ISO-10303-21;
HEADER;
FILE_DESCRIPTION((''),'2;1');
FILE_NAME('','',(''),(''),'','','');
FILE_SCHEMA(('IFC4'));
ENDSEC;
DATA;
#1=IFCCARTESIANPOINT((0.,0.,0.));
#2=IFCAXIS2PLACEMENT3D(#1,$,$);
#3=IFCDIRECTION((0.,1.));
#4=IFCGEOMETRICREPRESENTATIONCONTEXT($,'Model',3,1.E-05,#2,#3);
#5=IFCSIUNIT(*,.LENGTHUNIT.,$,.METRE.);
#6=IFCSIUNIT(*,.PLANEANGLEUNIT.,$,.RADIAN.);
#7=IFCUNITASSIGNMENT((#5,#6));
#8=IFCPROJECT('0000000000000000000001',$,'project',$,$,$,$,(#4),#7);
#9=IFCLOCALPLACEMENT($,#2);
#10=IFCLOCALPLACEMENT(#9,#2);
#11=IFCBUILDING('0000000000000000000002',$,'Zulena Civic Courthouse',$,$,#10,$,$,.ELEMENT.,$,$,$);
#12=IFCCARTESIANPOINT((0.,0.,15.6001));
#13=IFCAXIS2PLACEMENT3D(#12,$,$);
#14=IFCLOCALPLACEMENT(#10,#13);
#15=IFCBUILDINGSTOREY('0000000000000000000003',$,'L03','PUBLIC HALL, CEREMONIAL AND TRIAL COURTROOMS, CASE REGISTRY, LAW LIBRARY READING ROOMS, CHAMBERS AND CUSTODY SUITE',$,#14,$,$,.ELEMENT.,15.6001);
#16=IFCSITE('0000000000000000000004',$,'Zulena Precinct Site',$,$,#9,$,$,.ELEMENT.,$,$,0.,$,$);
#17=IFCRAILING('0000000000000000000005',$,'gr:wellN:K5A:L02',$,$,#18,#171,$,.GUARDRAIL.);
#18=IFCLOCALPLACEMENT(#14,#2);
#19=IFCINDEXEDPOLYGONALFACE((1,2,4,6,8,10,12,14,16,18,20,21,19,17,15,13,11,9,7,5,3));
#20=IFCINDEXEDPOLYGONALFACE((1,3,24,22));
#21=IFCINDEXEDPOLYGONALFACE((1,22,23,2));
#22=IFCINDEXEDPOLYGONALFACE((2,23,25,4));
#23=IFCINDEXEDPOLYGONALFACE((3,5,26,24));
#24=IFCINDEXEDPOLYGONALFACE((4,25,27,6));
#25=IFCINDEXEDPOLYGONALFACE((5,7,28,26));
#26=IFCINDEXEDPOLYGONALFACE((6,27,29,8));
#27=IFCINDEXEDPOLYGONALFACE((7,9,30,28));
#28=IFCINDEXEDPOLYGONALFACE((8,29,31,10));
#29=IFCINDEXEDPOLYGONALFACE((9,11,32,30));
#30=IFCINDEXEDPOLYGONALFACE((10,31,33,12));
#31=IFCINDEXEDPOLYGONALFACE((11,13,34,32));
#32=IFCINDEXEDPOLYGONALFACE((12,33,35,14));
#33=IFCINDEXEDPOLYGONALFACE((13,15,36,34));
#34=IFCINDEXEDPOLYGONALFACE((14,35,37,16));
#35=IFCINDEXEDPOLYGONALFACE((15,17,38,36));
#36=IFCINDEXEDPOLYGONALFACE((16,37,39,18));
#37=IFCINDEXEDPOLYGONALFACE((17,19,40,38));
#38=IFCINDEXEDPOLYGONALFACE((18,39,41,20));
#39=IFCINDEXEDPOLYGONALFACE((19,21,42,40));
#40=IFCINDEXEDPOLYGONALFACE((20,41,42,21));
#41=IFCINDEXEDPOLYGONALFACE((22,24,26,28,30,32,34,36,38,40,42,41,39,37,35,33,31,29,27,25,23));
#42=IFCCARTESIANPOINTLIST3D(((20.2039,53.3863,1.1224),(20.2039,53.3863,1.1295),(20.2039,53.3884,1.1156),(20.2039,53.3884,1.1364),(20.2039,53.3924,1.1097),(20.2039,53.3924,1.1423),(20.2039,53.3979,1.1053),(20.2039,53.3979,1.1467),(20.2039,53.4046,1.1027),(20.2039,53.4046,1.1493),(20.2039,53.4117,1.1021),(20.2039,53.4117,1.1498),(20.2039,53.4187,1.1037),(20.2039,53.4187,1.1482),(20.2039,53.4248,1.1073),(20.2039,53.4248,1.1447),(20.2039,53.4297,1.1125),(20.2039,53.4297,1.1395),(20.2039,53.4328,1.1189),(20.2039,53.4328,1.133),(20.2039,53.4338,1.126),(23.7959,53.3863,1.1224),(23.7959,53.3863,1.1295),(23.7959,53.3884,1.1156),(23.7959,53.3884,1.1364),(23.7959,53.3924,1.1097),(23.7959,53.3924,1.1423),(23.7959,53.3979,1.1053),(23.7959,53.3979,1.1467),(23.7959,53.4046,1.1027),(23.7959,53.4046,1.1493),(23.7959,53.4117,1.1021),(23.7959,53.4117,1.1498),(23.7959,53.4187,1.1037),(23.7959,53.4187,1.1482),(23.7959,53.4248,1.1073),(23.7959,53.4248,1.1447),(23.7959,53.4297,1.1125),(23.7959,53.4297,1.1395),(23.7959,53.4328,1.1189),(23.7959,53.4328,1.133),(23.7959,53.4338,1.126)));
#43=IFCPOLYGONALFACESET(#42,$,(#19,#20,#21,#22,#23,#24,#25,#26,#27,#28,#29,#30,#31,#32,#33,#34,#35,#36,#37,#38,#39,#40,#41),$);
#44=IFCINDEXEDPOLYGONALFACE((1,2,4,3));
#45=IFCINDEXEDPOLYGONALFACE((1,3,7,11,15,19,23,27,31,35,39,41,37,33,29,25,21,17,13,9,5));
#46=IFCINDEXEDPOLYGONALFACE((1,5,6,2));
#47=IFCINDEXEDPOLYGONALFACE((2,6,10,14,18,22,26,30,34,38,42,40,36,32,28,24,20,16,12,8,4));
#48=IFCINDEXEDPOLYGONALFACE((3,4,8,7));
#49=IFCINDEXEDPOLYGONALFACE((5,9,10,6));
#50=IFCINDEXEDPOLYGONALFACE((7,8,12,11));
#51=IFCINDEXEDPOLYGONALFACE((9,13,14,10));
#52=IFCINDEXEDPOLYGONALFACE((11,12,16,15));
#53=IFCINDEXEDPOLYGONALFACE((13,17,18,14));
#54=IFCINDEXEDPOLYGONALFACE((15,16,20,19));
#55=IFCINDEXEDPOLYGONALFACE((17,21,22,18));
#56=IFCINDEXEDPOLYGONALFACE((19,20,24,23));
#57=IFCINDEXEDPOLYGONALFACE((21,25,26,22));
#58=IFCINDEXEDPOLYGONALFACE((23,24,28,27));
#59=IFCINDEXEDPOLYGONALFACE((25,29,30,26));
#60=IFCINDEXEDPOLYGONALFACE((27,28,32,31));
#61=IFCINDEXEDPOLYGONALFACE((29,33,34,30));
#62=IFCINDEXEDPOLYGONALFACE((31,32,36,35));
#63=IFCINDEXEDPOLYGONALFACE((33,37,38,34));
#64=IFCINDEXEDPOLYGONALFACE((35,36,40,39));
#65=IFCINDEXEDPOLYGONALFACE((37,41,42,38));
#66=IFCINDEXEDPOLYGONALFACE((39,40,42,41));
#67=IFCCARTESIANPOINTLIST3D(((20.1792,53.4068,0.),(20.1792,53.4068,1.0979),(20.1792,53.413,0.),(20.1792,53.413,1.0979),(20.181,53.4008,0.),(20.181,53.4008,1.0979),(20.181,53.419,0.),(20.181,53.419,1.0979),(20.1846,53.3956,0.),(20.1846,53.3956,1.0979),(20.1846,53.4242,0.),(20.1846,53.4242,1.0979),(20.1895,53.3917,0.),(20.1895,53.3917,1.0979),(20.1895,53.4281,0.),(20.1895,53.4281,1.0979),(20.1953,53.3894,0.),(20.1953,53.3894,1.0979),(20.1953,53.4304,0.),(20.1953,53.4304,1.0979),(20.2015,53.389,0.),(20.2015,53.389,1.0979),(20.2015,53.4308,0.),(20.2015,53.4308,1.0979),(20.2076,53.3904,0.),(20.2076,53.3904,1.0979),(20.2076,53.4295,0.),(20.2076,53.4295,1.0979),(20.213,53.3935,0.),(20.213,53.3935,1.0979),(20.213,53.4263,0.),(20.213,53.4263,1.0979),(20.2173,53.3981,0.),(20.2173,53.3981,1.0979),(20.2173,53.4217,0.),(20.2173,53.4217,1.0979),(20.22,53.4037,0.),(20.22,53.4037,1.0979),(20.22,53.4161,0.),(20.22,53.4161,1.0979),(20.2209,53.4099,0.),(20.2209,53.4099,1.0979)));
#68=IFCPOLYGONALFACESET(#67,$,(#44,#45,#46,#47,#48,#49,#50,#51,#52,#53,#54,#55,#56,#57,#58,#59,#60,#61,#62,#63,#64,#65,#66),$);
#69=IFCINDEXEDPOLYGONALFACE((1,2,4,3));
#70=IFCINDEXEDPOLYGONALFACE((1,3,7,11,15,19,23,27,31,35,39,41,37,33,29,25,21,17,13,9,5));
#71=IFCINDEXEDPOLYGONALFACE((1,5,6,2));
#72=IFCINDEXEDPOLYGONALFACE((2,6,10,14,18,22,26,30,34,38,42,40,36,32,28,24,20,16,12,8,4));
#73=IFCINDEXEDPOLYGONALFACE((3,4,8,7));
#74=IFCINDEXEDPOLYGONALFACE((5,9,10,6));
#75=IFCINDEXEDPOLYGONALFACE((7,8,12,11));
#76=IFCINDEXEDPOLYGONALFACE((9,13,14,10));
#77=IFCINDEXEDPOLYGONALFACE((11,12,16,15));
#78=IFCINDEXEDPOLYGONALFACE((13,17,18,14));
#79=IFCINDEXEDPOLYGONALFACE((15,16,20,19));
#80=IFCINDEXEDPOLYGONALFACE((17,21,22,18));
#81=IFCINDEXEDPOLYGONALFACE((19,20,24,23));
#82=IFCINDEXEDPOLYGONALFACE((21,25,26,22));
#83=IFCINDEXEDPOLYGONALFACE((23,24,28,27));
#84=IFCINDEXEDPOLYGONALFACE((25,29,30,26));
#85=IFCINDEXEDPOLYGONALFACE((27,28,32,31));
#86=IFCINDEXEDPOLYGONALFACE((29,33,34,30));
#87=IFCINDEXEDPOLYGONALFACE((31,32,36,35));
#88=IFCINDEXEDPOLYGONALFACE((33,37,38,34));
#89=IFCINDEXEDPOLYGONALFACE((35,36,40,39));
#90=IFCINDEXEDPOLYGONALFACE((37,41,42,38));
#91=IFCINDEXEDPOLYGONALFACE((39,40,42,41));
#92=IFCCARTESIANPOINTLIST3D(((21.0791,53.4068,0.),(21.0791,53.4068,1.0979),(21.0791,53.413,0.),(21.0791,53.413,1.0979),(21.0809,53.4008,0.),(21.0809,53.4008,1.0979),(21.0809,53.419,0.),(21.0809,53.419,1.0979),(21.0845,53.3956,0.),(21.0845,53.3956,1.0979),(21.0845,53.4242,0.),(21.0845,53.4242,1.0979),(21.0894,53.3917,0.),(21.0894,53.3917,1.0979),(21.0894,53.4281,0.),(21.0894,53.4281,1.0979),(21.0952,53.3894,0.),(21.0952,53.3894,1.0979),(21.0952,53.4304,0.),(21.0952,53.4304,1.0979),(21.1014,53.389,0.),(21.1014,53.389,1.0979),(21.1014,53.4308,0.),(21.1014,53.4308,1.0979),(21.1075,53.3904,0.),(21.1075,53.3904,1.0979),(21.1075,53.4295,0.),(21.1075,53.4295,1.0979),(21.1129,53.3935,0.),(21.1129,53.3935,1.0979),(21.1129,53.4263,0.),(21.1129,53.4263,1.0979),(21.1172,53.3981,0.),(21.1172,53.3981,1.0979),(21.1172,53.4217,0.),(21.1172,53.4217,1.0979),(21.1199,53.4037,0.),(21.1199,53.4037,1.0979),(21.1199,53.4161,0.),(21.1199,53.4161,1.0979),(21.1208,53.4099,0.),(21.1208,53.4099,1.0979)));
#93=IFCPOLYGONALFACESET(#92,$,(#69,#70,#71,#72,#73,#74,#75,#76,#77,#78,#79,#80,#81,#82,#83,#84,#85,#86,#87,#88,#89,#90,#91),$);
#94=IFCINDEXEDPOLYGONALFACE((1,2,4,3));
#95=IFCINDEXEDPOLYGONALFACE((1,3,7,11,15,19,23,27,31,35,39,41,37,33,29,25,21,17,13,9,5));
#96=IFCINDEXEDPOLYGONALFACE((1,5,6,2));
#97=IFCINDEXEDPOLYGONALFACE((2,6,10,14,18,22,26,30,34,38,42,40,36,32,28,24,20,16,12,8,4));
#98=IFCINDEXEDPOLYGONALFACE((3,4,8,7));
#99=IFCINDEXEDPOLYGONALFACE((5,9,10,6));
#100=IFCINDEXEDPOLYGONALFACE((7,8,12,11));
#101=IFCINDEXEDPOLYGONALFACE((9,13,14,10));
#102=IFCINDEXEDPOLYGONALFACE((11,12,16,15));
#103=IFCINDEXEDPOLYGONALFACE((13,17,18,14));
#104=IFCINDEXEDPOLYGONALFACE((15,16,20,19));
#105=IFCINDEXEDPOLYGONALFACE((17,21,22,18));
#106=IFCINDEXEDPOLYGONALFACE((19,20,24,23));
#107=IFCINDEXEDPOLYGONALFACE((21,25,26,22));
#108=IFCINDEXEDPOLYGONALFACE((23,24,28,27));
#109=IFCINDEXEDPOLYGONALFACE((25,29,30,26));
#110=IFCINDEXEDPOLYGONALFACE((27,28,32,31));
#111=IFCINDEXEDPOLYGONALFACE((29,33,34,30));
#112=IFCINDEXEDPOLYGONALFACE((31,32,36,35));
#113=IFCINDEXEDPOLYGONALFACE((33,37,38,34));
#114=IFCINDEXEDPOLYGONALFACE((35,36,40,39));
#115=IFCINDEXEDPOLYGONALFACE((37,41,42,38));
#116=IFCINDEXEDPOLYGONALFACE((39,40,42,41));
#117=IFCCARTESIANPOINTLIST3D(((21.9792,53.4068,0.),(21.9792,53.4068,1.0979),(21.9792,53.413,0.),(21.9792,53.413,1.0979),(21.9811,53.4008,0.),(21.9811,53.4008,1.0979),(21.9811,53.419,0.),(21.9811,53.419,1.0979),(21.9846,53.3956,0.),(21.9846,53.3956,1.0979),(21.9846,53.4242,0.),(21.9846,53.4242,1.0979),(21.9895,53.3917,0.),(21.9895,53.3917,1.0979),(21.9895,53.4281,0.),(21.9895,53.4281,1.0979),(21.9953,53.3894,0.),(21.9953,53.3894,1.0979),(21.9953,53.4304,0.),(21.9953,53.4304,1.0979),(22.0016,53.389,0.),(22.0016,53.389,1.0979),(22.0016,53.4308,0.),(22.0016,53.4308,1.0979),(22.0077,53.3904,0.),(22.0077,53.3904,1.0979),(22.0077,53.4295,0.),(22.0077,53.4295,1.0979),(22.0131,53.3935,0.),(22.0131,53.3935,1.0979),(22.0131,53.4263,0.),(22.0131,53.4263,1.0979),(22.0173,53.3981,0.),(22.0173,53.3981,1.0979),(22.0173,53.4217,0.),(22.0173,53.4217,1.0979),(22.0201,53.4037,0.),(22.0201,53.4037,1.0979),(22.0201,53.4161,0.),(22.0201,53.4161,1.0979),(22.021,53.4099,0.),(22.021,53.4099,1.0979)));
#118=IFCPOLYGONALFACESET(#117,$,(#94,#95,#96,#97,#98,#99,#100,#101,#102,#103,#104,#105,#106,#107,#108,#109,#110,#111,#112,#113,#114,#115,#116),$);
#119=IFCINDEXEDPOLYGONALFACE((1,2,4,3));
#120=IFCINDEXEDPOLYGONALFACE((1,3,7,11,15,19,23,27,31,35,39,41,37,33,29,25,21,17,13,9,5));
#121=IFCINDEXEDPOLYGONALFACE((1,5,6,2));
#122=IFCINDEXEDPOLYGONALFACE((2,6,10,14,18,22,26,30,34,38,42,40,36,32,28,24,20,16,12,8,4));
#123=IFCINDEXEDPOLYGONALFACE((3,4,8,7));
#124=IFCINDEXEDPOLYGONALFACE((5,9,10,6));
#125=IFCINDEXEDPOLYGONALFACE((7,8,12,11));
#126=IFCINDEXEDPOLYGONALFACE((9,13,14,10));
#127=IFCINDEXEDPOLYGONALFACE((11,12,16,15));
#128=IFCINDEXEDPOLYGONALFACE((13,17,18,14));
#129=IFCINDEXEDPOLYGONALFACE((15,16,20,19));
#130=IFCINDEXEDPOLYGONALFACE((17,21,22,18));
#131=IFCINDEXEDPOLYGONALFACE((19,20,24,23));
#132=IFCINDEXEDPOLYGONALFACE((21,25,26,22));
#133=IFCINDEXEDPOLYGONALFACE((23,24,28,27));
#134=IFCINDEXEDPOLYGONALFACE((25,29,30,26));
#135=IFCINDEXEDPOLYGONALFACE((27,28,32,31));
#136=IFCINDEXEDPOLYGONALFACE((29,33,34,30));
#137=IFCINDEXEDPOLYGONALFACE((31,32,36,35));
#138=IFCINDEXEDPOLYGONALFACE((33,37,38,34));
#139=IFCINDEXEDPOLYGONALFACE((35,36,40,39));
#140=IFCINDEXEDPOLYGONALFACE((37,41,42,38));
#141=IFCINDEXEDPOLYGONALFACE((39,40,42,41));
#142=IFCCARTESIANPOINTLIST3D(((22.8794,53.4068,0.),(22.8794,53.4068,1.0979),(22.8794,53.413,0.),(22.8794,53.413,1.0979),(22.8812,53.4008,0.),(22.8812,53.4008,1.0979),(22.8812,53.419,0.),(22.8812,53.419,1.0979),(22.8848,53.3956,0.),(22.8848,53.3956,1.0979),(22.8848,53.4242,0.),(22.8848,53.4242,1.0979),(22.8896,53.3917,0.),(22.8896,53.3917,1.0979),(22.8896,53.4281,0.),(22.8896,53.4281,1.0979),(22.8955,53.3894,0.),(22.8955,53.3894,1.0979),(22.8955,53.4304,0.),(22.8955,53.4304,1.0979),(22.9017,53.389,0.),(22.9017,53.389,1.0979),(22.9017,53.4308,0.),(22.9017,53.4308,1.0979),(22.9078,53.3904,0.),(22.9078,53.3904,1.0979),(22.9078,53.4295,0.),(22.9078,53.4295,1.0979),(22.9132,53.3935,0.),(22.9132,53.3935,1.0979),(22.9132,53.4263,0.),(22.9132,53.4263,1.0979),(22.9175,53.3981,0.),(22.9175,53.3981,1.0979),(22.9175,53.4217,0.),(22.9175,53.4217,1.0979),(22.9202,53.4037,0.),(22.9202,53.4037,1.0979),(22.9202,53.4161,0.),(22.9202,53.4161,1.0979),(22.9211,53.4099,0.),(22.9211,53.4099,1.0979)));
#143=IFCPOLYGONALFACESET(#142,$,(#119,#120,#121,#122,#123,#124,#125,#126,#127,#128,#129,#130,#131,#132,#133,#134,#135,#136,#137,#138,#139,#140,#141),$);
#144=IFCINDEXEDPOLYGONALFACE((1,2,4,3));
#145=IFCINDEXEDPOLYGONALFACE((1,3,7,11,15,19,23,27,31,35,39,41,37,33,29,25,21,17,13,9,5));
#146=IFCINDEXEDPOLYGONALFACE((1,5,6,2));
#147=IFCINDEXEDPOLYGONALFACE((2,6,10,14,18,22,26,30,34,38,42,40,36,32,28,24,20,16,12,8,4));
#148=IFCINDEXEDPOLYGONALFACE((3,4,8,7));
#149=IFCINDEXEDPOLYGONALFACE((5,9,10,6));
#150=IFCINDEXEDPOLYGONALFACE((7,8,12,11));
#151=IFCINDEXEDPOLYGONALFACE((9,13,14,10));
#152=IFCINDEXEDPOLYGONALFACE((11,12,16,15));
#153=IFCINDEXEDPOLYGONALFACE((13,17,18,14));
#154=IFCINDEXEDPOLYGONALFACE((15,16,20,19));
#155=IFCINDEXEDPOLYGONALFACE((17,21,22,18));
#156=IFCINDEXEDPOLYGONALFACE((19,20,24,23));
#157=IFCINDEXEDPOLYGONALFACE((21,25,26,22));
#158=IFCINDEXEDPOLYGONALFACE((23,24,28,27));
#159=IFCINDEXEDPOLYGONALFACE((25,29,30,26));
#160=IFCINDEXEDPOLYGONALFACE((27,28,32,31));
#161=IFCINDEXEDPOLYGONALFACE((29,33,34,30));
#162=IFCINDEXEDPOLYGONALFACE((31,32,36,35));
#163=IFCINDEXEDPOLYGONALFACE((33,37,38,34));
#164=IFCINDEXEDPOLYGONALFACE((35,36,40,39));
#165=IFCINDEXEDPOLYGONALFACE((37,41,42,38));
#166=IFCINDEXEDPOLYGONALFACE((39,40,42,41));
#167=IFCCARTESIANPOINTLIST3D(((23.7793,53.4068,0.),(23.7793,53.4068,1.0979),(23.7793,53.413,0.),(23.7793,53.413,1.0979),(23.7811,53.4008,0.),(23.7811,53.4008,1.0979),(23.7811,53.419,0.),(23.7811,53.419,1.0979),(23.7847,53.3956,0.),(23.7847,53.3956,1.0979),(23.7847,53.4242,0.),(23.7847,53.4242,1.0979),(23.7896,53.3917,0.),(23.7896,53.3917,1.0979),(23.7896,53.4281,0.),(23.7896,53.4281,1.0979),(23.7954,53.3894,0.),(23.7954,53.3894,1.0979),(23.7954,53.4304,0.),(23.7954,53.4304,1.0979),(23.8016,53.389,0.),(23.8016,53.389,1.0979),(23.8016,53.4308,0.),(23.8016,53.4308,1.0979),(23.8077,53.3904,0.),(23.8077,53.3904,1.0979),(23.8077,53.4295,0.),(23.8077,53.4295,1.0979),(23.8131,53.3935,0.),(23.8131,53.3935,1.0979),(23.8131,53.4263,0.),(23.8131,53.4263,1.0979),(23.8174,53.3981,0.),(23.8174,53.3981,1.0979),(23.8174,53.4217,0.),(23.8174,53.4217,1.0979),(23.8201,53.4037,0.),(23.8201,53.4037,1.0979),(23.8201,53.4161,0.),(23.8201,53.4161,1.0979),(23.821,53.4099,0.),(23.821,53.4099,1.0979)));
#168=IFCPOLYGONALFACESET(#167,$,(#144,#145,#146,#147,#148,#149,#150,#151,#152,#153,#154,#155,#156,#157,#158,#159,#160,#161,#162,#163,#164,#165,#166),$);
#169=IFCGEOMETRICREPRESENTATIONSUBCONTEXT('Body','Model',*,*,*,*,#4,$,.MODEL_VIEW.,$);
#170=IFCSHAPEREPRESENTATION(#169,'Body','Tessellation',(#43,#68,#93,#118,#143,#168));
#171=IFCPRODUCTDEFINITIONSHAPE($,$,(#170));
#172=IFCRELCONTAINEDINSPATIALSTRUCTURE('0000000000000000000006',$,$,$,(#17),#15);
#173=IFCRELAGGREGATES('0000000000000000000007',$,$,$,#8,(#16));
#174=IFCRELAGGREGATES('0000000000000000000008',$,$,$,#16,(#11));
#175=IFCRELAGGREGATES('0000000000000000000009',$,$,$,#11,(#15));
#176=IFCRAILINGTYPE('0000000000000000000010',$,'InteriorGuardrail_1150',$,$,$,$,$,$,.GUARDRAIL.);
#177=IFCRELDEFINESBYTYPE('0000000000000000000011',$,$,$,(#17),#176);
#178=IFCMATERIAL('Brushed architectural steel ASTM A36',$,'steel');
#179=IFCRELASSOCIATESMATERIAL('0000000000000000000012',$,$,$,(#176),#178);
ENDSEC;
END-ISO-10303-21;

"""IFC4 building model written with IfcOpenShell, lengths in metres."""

from ifc_helpers import new_model, si_unit, direction, frame, origin, origin_2d, place, context, subcontext, project, spatial, circle, extrude, material, type_object, element, save


model = new_model("IFC4")

# Units and contexts
model_context = context("Model", 3, precision=1e-05, world=origin(), true_north=direction((0.0, 1.0)))
body_context = subcontext(model_context, "Body", "Model", "MODEL_VIEW")
ifc_project = project(units=[si_unit("LENGTHUNIT", "METRE"), si_unit("PLANEANGLEUNIT", "RADIAN")], contexts=[model_context])

# Site, building, storey
site_placement = place(None, origin())
site = spatial("IfcSite", under=ifc_project, at=site_placement, Name="Zulena Precinct Site", CompositionType="ELEMENT", RefElevation=0.0)
building_placement = place(site_placement, origin())
building = spatial("IfcBuilding", under=site, at=building_placement, Name="Zulena Civic Courthouse", CompositionType="ELEMENT")
storey_placement = place(building_placement, frame((0.0, 0.0, 15.6001)))
storey = spatial("IfcBuildingStorey", under=building, at=storey_placement, Name="L03", Description="PUBLIC HALL, CEREMONIAL AND TRIAL COURTROOMS, CASE REGISTRY, LAW LIBRARY READING ROOMS, CHAMBERS AND CUSTODY SUITE", CompositionType="ELEMENT", Elevation=15.6001)

# Railing
ifc_material_1 = material(Name="Brushed architectural steel ASTM A36", Category="steel")
railing_type_1 = type_object("IfcRailingType", Name="InteriorGuardrail_1150", PredefinedType="GUARDRAIL", material=ifc_material_1)
railing_1_placement = place(storey_placement, frame((20.2, 53.4099, 0.0)))
element("IfcRailing", 1, at=railing_1_placement, inside=storey, type_object=railing_type_1, Name="gr:wellN:K5A:L02", PredefinedType="GUARDRAIL", context=body_context, shape_type="SweptSolid", body=[
    extrude(circle(Radius=0.0239, at=origin_2d()), frame((0.0039, 0.0, 1.126), z_axis=(1.0, 0.0, 0.0), x_axis=(0.0, 1.0, 0.0)), (0.0, 0.0, 1.0), 3.592),
    extrude(circle(Radius=0.021, at=origin_2d()), origin(), (0.0, 0.0, 1.0), 1.0979),
    extrude(circle(Radius=0.021, at=origin_2d()), frame((0.8999, 0.0, 0.0)), (0.0, 0.0, 1.0), 1.0979),
    extrude(circle(Radius=0.021, at=origin_2d()), frame((1.8, 0.0, 0.0)), (0.0, 0.0, 1.0), 1.0979),
    extrude(circle(Radius=0.021, at=origin_2d()), frame((2.7002, 0.0, 0.0)), (0.0, 0.0, 1.0), 1.0979),
    extrude(circle(Radius=0.021, at=origin_2d()), frame((3.6001, 0.0, 0.0)), (0.0, 0.0, 1.0), 1.0979),
])

save(model, "model.ifc")
